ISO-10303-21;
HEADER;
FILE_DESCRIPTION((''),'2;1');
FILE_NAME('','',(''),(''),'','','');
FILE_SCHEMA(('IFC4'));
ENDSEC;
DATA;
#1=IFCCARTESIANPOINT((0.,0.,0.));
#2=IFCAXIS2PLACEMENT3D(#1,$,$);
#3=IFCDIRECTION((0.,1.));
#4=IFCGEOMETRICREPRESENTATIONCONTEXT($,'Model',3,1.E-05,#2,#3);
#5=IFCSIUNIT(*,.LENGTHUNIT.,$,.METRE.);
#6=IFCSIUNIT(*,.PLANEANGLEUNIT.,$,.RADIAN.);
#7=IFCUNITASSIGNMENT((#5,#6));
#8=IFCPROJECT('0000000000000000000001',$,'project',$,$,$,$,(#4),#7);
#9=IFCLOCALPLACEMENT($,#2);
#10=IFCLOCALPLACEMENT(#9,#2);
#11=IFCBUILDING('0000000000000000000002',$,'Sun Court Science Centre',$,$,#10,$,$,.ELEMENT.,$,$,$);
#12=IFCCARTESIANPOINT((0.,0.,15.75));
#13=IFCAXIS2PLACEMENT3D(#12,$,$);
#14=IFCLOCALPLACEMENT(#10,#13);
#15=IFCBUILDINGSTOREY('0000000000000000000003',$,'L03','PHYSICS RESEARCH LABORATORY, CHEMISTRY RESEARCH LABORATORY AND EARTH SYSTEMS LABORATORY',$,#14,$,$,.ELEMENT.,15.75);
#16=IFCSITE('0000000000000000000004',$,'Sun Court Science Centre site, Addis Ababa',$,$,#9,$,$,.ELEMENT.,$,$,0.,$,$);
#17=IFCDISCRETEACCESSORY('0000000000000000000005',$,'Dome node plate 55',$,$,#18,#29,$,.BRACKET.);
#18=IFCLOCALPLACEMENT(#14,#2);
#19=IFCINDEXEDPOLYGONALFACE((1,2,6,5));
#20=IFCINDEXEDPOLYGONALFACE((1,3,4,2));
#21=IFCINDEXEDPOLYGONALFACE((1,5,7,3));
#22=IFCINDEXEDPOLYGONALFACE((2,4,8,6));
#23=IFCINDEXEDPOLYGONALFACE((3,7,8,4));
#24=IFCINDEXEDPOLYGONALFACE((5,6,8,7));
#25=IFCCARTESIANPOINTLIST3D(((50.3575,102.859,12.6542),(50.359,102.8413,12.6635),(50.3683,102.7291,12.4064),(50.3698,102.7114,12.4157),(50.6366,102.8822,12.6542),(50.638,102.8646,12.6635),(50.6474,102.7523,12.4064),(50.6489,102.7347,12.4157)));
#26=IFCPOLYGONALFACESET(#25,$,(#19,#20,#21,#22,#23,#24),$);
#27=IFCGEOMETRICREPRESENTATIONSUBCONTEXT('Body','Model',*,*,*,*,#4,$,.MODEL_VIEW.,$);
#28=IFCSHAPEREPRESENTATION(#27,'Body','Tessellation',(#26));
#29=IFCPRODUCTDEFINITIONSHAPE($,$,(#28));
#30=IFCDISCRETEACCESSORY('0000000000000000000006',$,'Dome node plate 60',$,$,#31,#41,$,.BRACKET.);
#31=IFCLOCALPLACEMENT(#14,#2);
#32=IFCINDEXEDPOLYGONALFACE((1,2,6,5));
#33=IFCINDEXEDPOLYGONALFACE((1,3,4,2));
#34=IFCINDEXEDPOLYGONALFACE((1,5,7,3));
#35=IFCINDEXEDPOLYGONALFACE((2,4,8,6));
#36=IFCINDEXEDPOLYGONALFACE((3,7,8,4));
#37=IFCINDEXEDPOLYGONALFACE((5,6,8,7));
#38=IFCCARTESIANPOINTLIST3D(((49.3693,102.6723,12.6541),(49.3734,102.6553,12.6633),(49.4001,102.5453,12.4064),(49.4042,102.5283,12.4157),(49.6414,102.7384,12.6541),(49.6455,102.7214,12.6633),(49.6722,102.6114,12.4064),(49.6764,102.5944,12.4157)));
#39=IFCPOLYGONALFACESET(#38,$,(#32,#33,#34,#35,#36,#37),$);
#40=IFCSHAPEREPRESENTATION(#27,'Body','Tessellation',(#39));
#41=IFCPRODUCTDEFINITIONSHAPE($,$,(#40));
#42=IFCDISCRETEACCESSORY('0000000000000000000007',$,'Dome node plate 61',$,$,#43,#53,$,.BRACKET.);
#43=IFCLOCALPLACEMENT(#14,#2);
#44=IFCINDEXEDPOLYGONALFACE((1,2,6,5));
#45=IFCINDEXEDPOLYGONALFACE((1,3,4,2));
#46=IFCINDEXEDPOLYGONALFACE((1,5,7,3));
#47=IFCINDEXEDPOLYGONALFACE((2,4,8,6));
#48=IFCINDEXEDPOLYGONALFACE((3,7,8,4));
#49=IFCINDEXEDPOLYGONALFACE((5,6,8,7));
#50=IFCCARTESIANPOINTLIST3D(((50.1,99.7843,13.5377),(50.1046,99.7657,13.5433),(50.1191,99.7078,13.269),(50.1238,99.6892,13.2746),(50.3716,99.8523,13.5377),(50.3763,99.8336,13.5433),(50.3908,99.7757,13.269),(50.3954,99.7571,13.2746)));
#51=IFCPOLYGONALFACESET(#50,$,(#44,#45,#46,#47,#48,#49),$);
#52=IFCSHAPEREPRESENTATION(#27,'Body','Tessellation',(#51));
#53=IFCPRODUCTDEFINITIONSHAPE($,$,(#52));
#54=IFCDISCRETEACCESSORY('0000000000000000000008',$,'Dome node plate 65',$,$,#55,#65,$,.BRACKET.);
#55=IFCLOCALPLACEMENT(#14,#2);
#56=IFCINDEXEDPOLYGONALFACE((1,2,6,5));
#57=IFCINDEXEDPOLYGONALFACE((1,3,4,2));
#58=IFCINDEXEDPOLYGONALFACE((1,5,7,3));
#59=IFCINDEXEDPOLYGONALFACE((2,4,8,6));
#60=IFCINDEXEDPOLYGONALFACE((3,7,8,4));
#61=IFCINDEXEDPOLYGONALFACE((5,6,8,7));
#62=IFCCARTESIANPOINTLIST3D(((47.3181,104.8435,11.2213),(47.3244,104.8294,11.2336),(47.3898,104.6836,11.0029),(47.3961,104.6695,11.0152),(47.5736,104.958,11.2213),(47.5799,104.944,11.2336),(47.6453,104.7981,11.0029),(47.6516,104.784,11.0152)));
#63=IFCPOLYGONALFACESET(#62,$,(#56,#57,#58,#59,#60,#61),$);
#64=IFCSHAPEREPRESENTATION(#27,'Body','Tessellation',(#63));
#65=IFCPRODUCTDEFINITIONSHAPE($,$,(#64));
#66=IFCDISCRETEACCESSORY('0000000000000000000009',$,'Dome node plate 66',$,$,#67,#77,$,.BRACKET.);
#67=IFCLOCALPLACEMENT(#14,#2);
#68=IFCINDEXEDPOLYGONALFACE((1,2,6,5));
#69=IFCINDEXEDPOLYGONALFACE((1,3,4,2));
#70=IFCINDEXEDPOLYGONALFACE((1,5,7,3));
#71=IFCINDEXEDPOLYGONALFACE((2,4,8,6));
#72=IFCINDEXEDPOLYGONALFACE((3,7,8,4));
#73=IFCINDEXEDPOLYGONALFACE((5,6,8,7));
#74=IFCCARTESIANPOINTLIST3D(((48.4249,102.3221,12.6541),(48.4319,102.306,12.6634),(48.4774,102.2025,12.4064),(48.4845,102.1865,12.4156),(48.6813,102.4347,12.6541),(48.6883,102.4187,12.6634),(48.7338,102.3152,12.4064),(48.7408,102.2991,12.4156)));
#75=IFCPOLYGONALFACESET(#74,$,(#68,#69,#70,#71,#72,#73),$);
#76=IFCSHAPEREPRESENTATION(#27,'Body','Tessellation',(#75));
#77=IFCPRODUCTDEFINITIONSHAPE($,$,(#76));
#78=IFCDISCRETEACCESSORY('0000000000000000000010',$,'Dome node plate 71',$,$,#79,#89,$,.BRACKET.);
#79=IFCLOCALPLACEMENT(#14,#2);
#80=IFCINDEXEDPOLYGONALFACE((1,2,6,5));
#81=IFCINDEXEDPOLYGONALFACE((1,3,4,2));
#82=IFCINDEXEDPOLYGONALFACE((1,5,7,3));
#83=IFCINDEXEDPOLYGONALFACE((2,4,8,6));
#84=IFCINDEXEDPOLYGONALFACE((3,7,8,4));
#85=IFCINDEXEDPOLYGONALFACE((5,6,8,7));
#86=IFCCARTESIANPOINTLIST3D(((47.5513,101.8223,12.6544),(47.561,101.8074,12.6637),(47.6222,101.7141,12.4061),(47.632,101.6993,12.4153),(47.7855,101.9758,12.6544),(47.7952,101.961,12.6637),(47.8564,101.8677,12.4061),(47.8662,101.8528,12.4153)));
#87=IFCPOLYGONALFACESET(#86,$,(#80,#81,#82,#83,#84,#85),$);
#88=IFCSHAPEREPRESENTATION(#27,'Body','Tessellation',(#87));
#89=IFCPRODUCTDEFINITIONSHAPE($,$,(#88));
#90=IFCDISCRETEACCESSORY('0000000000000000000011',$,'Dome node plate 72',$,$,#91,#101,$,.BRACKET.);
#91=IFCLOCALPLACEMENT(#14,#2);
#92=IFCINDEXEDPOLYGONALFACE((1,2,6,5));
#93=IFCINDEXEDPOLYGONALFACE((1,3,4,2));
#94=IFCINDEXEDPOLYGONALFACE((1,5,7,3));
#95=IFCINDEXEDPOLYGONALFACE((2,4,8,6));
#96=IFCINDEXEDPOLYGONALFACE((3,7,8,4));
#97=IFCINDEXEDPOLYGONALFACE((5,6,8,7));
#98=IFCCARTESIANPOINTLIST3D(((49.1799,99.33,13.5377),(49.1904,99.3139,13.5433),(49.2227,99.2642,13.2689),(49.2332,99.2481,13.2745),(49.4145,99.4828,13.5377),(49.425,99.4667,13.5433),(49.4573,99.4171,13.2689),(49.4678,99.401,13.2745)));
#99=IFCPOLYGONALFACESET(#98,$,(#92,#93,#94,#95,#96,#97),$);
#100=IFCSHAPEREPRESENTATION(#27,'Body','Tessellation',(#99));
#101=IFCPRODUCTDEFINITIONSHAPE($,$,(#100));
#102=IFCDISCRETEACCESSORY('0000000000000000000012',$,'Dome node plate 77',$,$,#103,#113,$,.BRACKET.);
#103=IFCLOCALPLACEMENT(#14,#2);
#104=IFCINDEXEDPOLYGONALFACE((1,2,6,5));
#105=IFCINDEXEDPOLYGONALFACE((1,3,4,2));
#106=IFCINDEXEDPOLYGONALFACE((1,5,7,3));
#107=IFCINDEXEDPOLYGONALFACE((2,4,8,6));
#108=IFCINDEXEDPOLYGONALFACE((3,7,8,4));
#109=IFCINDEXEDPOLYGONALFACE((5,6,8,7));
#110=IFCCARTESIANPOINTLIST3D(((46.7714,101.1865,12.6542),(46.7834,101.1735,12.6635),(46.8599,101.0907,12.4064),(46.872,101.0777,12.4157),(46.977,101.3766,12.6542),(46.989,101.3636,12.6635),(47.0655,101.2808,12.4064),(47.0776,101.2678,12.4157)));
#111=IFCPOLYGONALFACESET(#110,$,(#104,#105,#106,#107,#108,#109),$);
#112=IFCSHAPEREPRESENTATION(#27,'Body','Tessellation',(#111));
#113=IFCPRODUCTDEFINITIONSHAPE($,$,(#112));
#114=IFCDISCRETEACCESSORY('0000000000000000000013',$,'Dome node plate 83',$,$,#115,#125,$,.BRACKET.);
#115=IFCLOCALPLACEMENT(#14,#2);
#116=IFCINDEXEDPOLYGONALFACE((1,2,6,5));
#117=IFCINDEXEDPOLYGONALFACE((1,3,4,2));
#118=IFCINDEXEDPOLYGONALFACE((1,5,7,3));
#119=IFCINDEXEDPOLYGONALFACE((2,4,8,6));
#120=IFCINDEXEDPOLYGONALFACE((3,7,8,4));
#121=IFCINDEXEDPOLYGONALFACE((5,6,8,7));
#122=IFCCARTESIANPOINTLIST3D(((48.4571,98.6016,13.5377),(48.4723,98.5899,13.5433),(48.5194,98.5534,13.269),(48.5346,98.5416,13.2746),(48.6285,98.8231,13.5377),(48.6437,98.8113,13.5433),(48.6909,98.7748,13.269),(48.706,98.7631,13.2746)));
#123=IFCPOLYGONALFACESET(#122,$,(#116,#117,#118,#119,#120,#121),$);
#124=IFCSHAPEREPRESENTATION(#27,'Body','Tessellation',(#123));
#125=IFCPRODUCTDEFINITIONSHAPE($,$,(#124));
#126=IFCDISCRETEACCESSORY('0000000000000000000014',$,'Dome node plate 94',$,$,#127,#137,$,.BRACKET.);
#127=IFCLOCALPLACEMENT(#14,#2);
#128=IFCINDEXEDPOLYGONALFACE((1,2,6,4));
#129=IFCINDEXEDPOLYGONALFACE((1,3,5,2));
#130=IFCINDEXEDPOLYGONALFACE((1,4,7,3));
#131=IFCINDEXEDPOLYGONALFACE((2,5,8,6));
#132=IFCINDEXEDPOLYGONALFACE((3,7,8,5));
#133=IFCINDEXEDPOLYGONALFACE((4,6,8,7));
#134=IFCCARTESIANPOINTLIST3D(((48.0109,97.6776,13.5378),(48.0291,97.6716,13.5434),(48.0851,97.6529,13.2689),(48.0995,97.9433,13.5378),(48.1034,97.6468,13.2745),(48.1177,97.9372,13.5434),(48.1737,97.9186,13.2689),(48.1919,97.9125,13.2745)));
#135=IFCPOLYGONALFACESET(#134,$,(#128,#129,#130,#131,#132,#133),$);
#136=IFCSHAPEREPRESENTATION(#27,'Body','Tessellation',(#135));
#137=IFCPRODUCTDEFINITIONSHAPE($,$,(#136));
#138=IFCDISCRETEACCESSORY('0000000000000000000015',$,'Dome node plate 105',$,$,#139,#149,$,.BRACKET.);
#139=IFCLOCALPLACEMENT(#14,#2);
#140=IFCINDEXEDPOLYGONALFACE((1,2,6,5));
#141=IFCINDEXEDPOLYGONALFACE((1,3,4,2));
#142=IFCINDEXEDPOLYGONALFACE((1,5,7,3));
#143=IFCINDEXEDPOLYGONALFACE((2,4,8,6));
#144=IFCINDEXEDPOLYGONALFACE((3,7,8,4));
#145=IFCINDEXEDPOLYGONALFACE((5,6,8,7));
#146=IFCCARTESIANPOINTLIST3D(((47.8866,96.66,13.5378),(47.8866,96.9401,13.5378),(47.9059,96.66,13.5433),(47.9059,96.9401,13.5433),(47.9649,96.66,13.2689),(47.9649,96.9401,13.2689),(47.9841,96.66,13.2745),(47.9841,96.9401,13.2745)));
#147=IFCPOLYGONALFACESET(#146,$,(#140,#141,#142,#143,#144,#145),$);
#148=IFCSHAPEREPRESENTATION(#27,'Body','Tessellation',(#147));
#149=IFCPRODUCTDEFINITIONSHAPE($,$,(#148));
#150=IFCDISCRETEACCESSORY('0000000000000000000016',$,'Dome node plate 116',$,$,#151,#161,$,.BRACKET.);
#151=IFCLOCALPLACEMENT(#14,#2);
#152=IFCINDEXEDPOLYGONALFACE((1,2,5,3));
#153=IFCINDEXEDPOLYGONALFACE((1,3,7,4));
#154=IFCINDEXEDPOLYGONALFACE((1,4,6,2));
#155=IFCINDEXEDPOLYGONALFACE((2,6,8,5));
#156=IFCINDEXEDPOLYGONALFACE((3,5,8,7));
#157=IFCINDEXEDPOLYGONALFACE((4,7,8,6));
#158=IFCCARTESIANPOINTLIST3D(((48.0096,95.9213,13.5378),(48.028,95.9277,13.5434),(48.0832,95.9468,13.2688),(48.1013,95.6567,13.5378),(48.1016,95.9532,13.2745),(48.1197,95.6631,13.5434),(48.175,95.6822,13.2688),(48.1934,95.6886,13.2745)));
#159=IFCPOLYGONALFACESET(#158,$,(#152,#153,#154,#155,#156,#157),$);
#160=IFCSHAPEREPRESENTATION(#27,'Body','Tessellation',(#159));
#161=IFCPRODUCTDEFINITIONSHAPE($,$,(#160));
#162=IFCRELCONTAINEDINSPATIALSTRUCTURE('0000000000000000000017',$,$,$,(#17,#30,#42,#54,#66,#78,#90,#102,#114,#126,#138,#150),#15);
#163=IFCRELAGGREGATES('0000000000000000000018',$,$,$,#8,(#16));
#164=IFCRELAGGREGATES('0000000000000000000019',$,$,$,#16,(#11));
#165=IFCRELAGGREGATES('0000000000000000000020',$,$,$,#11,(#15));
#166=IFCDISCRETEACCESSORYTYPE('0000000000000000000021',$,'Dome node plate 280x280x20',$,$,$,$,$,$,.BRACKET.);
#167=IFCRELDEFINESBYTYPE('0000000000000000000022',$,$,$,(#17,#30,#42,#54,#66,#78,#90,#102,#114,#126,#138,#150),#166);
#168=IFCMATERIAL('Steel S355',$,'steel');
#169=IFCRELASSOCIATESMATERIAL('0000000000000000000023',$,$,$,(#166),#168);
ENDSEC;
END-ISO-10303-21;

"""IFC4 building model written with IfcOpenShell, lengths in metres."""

from ifc_helpers import new_model, si_unit, direction, frame, origin, origin_2d, place, context, subcontext, project, spatial, rectangle, extrude, material, material_profile, profile_set, type_object, element, save


model = new_model("IFC4")

# Units and contexts
model_context = context("Model", 3, precision=1e-05, world=origin(), true_north=direction((0.0, 1.0)))
body_context = subcontext(model_context, "Body", "Model", "MODEL_VIEW")
ifc_project = project(units=[si_unit("LENGTHUNIT", "METRE"), si_unit("PLANEANGLEUNIT", "RADIAN")], contexts=[model_context])

# Site, building, storey
site_placement = place(None, origin())
site = spatial("IfcSite", under=ifc_project, at=site_placement, Name="Sun Court Science Centre site, Addis Ababa", CompositionType="ELEMENT", RefElevation=0.0)
building_placement = place(site_placement, origin())
building = spatial("IfcBuilding", under=site, at=building_placement, Name="Sun Court Science Centre", CompositionType="ELEMENT")
storey_placement = place(building_placement, frame((0.0, 0.0, 15.75)))
storey = spatial("IfcBuildingStorey", under=building, at=storey_placement, Name="L03", Description="PHYSICS RESEARCH LABORATORY, CHEMISTRY RESEARCH LABORATORY AND EARTH SYSTEMS LABORATORY", CompositionType="ELEMENT", Elevation=15.75)

# Discrete accessories
ifc_material_1 = material(Name="Steel S355", Category="steel")
ifc_material_profile_1 = material_profile(ifc_material_1, rectangle(XDim=0.28, YDim=0.28, at=origin_2d()), Name="PL 280x280")
ifc_profile_set_1 = profile_set([ifc_material_profile_1], Name="Steel S355")
discrete_accessory_type = type_object("IfcDiscreteAccessoryType", Name="Dome node plate 280x280x20", PredefinedType="BRACKET", material=ifc_profile_set_1)
discrete_accessory_1_placement = place(storey_placement, frame((50.5024, 102.8057, 12.5303), z_axis=(0.073499, -0.881993, 0.465496), x_axis=(0.996546, 0.083045, 0.0)))
element("IfcDiscreteAccessory", 1, at=discrete_accessory_1_placement, inside=storey, type_object=discrete_accessory_type, Name="Dome node plate 55", PredefinedType="BRACKET", context=body_context, shape_type="SweptSolid", body=[
    extrude(rectangle(XDim=0.28, YDim=0.28, at=origin_2d()), origin(), (0.0, 0.0, 1.0), 0.02),
])
discrete_accessory_2_placement = place(storey_placement, frame((49.5208, 102.6418, 12.5303), z_axis=(0.208734, -0.859494, 0.466583), x_axis=(0.971754, 0.235997, 0.0)))
element("IfcDiscreteAccessory", 2, at=discrete_accessory_2_placement, inside=storey, type_object=discrete_accessory_type, Name="Dome node plate 60", PredefinedType="BRACKET", context=body_context, shape_type="SweptSolid", body=[
    extrude(rectangle(XDim=0.28, YDim=0.28, at=origin_2d()), origin(), (0.0, 0.0, 1.0), 0.0198),
])
discrete_accessory_3_placement = place(storey_placement, frame((50.2454, 99.78, 13.4033), z_axis=(0.232713, -0.930853, 0.281705), x_axis=(0.970143, 0.242536, 0.0)))
element("IfcDiscreteAccessory", 3, at=discrete_accessory_3_placement, inside=storey, type_object=discrete_accessory_type, Name="Dome node plate 61", PredefinedType="BRACKET", context=body_context, shape_type="SweptSolid", body=[
    extrude(rectangle(XDim=0.28, YDim=0.28, at=origin_2d()), origin(), (0.0, 0.0, 1.0), 0.02),
])
for number, where, z_axis, x_axis, name in (
    (4, (47.4817, 104.8208, 11.1121), (0.319048, -0.711723, 0.625826), (0.912509, 0.409056, 0.0), "Dome node plate 65"),
    (5, (48.5793, 102.3186, 12.5303), (0.355862, -0.809892, 0.466302), (0.915519, 0.402274, 0.0), "Dome node plate 66"),
):
    element("IfcDiscreteAccessory", number, at=place(storey_placement, frame(where, z_axis=z_axis, x_axis=x_axis)), inside=storey, type_object=discrete_accessory_type, Name=name, PredefinedType="BRACKET", context=body_context, shape_type="SweptSolid", body=[
        extrude(rectangle(XDim=0.28, YDim=0.28, at=origin_2d()), origin(), (0.0, 0.0, 1.0), 0.0198),
    ])
for number, where, z_axis, x_axis, name in (
    (6, (47.7039, 101.845, 12.5303), (0.486324, -0.741645, 0.462008), (0.836244, 0.548357, 0.0), "Dome node plate 71"),
    (7, (49.3186, 99.3735, 13.4033), (0.524001, -0.80428, 0.280279), (0.837863, 0.54588, 0.0), "Dome node plate 72"),
    (8, (46.9185, 101.2336, 12.5303), (0.600696, -0.649732, 0.465846), (0.734272, 0.678855, 0.0), "Dome node plate 77"),
    (9, (48.574, 98.6882, 13.4033), (0.758754, -0.587422, 0.281473), (0.612173, 0.790724, 0.0), "Dome node plate 83"),
    (10, (48.0923, 97.7981, 13.4033), (0.910916, -0.303639, 0.279348), (0.316228, 0.948683, 0.0), "Dome node plate 94"),
    (11, (47.9258, 96.8, 13.4033), (0.960136, 0.0, 0.279533), (0.0, 1.0, 0.0), "Dome node plate 105"),
):
    element("IfcDiscreteAccessory", number, at=place(storey_placement, frame(where, z_axis=z_axis, x_axis=x_axis)), inside=storey, type_object=discrete_accessory_type, Name=name, PredefinedType="BRACKET", context=body_context, shape_type="SweptSolid", body=[
        extrude(rectangle(XDim=0.28, YDim=0.28, at=origin_2d()), origin(), (0.0, 0.0, 1.0), 0.02),
    ])
discrete_accessory_4_placement = place(storey_placement, frame((48.0923, 95.8018, 13.4033), z_axis=(0.907509, 0.314603, 0.278303), x_axis=(-0.327543, 0.944836, 0.0)))
element("IfcDiscreteAccessory", 12, at=discrete_accessory_4_placement, inside=storey, type_object=discrete_accessory_type, Name="Dome node plate 116", PredefinedType="BRACKET", context=body_context, shape_type="SweptSolid", body=[
    extrude(rectangle(XDim=0.28, YDim=0.28, at=origin_2d()), origin(), (0.0, 0.0, 1.0), 0.0203),
])

save(model, "model.ifc")
